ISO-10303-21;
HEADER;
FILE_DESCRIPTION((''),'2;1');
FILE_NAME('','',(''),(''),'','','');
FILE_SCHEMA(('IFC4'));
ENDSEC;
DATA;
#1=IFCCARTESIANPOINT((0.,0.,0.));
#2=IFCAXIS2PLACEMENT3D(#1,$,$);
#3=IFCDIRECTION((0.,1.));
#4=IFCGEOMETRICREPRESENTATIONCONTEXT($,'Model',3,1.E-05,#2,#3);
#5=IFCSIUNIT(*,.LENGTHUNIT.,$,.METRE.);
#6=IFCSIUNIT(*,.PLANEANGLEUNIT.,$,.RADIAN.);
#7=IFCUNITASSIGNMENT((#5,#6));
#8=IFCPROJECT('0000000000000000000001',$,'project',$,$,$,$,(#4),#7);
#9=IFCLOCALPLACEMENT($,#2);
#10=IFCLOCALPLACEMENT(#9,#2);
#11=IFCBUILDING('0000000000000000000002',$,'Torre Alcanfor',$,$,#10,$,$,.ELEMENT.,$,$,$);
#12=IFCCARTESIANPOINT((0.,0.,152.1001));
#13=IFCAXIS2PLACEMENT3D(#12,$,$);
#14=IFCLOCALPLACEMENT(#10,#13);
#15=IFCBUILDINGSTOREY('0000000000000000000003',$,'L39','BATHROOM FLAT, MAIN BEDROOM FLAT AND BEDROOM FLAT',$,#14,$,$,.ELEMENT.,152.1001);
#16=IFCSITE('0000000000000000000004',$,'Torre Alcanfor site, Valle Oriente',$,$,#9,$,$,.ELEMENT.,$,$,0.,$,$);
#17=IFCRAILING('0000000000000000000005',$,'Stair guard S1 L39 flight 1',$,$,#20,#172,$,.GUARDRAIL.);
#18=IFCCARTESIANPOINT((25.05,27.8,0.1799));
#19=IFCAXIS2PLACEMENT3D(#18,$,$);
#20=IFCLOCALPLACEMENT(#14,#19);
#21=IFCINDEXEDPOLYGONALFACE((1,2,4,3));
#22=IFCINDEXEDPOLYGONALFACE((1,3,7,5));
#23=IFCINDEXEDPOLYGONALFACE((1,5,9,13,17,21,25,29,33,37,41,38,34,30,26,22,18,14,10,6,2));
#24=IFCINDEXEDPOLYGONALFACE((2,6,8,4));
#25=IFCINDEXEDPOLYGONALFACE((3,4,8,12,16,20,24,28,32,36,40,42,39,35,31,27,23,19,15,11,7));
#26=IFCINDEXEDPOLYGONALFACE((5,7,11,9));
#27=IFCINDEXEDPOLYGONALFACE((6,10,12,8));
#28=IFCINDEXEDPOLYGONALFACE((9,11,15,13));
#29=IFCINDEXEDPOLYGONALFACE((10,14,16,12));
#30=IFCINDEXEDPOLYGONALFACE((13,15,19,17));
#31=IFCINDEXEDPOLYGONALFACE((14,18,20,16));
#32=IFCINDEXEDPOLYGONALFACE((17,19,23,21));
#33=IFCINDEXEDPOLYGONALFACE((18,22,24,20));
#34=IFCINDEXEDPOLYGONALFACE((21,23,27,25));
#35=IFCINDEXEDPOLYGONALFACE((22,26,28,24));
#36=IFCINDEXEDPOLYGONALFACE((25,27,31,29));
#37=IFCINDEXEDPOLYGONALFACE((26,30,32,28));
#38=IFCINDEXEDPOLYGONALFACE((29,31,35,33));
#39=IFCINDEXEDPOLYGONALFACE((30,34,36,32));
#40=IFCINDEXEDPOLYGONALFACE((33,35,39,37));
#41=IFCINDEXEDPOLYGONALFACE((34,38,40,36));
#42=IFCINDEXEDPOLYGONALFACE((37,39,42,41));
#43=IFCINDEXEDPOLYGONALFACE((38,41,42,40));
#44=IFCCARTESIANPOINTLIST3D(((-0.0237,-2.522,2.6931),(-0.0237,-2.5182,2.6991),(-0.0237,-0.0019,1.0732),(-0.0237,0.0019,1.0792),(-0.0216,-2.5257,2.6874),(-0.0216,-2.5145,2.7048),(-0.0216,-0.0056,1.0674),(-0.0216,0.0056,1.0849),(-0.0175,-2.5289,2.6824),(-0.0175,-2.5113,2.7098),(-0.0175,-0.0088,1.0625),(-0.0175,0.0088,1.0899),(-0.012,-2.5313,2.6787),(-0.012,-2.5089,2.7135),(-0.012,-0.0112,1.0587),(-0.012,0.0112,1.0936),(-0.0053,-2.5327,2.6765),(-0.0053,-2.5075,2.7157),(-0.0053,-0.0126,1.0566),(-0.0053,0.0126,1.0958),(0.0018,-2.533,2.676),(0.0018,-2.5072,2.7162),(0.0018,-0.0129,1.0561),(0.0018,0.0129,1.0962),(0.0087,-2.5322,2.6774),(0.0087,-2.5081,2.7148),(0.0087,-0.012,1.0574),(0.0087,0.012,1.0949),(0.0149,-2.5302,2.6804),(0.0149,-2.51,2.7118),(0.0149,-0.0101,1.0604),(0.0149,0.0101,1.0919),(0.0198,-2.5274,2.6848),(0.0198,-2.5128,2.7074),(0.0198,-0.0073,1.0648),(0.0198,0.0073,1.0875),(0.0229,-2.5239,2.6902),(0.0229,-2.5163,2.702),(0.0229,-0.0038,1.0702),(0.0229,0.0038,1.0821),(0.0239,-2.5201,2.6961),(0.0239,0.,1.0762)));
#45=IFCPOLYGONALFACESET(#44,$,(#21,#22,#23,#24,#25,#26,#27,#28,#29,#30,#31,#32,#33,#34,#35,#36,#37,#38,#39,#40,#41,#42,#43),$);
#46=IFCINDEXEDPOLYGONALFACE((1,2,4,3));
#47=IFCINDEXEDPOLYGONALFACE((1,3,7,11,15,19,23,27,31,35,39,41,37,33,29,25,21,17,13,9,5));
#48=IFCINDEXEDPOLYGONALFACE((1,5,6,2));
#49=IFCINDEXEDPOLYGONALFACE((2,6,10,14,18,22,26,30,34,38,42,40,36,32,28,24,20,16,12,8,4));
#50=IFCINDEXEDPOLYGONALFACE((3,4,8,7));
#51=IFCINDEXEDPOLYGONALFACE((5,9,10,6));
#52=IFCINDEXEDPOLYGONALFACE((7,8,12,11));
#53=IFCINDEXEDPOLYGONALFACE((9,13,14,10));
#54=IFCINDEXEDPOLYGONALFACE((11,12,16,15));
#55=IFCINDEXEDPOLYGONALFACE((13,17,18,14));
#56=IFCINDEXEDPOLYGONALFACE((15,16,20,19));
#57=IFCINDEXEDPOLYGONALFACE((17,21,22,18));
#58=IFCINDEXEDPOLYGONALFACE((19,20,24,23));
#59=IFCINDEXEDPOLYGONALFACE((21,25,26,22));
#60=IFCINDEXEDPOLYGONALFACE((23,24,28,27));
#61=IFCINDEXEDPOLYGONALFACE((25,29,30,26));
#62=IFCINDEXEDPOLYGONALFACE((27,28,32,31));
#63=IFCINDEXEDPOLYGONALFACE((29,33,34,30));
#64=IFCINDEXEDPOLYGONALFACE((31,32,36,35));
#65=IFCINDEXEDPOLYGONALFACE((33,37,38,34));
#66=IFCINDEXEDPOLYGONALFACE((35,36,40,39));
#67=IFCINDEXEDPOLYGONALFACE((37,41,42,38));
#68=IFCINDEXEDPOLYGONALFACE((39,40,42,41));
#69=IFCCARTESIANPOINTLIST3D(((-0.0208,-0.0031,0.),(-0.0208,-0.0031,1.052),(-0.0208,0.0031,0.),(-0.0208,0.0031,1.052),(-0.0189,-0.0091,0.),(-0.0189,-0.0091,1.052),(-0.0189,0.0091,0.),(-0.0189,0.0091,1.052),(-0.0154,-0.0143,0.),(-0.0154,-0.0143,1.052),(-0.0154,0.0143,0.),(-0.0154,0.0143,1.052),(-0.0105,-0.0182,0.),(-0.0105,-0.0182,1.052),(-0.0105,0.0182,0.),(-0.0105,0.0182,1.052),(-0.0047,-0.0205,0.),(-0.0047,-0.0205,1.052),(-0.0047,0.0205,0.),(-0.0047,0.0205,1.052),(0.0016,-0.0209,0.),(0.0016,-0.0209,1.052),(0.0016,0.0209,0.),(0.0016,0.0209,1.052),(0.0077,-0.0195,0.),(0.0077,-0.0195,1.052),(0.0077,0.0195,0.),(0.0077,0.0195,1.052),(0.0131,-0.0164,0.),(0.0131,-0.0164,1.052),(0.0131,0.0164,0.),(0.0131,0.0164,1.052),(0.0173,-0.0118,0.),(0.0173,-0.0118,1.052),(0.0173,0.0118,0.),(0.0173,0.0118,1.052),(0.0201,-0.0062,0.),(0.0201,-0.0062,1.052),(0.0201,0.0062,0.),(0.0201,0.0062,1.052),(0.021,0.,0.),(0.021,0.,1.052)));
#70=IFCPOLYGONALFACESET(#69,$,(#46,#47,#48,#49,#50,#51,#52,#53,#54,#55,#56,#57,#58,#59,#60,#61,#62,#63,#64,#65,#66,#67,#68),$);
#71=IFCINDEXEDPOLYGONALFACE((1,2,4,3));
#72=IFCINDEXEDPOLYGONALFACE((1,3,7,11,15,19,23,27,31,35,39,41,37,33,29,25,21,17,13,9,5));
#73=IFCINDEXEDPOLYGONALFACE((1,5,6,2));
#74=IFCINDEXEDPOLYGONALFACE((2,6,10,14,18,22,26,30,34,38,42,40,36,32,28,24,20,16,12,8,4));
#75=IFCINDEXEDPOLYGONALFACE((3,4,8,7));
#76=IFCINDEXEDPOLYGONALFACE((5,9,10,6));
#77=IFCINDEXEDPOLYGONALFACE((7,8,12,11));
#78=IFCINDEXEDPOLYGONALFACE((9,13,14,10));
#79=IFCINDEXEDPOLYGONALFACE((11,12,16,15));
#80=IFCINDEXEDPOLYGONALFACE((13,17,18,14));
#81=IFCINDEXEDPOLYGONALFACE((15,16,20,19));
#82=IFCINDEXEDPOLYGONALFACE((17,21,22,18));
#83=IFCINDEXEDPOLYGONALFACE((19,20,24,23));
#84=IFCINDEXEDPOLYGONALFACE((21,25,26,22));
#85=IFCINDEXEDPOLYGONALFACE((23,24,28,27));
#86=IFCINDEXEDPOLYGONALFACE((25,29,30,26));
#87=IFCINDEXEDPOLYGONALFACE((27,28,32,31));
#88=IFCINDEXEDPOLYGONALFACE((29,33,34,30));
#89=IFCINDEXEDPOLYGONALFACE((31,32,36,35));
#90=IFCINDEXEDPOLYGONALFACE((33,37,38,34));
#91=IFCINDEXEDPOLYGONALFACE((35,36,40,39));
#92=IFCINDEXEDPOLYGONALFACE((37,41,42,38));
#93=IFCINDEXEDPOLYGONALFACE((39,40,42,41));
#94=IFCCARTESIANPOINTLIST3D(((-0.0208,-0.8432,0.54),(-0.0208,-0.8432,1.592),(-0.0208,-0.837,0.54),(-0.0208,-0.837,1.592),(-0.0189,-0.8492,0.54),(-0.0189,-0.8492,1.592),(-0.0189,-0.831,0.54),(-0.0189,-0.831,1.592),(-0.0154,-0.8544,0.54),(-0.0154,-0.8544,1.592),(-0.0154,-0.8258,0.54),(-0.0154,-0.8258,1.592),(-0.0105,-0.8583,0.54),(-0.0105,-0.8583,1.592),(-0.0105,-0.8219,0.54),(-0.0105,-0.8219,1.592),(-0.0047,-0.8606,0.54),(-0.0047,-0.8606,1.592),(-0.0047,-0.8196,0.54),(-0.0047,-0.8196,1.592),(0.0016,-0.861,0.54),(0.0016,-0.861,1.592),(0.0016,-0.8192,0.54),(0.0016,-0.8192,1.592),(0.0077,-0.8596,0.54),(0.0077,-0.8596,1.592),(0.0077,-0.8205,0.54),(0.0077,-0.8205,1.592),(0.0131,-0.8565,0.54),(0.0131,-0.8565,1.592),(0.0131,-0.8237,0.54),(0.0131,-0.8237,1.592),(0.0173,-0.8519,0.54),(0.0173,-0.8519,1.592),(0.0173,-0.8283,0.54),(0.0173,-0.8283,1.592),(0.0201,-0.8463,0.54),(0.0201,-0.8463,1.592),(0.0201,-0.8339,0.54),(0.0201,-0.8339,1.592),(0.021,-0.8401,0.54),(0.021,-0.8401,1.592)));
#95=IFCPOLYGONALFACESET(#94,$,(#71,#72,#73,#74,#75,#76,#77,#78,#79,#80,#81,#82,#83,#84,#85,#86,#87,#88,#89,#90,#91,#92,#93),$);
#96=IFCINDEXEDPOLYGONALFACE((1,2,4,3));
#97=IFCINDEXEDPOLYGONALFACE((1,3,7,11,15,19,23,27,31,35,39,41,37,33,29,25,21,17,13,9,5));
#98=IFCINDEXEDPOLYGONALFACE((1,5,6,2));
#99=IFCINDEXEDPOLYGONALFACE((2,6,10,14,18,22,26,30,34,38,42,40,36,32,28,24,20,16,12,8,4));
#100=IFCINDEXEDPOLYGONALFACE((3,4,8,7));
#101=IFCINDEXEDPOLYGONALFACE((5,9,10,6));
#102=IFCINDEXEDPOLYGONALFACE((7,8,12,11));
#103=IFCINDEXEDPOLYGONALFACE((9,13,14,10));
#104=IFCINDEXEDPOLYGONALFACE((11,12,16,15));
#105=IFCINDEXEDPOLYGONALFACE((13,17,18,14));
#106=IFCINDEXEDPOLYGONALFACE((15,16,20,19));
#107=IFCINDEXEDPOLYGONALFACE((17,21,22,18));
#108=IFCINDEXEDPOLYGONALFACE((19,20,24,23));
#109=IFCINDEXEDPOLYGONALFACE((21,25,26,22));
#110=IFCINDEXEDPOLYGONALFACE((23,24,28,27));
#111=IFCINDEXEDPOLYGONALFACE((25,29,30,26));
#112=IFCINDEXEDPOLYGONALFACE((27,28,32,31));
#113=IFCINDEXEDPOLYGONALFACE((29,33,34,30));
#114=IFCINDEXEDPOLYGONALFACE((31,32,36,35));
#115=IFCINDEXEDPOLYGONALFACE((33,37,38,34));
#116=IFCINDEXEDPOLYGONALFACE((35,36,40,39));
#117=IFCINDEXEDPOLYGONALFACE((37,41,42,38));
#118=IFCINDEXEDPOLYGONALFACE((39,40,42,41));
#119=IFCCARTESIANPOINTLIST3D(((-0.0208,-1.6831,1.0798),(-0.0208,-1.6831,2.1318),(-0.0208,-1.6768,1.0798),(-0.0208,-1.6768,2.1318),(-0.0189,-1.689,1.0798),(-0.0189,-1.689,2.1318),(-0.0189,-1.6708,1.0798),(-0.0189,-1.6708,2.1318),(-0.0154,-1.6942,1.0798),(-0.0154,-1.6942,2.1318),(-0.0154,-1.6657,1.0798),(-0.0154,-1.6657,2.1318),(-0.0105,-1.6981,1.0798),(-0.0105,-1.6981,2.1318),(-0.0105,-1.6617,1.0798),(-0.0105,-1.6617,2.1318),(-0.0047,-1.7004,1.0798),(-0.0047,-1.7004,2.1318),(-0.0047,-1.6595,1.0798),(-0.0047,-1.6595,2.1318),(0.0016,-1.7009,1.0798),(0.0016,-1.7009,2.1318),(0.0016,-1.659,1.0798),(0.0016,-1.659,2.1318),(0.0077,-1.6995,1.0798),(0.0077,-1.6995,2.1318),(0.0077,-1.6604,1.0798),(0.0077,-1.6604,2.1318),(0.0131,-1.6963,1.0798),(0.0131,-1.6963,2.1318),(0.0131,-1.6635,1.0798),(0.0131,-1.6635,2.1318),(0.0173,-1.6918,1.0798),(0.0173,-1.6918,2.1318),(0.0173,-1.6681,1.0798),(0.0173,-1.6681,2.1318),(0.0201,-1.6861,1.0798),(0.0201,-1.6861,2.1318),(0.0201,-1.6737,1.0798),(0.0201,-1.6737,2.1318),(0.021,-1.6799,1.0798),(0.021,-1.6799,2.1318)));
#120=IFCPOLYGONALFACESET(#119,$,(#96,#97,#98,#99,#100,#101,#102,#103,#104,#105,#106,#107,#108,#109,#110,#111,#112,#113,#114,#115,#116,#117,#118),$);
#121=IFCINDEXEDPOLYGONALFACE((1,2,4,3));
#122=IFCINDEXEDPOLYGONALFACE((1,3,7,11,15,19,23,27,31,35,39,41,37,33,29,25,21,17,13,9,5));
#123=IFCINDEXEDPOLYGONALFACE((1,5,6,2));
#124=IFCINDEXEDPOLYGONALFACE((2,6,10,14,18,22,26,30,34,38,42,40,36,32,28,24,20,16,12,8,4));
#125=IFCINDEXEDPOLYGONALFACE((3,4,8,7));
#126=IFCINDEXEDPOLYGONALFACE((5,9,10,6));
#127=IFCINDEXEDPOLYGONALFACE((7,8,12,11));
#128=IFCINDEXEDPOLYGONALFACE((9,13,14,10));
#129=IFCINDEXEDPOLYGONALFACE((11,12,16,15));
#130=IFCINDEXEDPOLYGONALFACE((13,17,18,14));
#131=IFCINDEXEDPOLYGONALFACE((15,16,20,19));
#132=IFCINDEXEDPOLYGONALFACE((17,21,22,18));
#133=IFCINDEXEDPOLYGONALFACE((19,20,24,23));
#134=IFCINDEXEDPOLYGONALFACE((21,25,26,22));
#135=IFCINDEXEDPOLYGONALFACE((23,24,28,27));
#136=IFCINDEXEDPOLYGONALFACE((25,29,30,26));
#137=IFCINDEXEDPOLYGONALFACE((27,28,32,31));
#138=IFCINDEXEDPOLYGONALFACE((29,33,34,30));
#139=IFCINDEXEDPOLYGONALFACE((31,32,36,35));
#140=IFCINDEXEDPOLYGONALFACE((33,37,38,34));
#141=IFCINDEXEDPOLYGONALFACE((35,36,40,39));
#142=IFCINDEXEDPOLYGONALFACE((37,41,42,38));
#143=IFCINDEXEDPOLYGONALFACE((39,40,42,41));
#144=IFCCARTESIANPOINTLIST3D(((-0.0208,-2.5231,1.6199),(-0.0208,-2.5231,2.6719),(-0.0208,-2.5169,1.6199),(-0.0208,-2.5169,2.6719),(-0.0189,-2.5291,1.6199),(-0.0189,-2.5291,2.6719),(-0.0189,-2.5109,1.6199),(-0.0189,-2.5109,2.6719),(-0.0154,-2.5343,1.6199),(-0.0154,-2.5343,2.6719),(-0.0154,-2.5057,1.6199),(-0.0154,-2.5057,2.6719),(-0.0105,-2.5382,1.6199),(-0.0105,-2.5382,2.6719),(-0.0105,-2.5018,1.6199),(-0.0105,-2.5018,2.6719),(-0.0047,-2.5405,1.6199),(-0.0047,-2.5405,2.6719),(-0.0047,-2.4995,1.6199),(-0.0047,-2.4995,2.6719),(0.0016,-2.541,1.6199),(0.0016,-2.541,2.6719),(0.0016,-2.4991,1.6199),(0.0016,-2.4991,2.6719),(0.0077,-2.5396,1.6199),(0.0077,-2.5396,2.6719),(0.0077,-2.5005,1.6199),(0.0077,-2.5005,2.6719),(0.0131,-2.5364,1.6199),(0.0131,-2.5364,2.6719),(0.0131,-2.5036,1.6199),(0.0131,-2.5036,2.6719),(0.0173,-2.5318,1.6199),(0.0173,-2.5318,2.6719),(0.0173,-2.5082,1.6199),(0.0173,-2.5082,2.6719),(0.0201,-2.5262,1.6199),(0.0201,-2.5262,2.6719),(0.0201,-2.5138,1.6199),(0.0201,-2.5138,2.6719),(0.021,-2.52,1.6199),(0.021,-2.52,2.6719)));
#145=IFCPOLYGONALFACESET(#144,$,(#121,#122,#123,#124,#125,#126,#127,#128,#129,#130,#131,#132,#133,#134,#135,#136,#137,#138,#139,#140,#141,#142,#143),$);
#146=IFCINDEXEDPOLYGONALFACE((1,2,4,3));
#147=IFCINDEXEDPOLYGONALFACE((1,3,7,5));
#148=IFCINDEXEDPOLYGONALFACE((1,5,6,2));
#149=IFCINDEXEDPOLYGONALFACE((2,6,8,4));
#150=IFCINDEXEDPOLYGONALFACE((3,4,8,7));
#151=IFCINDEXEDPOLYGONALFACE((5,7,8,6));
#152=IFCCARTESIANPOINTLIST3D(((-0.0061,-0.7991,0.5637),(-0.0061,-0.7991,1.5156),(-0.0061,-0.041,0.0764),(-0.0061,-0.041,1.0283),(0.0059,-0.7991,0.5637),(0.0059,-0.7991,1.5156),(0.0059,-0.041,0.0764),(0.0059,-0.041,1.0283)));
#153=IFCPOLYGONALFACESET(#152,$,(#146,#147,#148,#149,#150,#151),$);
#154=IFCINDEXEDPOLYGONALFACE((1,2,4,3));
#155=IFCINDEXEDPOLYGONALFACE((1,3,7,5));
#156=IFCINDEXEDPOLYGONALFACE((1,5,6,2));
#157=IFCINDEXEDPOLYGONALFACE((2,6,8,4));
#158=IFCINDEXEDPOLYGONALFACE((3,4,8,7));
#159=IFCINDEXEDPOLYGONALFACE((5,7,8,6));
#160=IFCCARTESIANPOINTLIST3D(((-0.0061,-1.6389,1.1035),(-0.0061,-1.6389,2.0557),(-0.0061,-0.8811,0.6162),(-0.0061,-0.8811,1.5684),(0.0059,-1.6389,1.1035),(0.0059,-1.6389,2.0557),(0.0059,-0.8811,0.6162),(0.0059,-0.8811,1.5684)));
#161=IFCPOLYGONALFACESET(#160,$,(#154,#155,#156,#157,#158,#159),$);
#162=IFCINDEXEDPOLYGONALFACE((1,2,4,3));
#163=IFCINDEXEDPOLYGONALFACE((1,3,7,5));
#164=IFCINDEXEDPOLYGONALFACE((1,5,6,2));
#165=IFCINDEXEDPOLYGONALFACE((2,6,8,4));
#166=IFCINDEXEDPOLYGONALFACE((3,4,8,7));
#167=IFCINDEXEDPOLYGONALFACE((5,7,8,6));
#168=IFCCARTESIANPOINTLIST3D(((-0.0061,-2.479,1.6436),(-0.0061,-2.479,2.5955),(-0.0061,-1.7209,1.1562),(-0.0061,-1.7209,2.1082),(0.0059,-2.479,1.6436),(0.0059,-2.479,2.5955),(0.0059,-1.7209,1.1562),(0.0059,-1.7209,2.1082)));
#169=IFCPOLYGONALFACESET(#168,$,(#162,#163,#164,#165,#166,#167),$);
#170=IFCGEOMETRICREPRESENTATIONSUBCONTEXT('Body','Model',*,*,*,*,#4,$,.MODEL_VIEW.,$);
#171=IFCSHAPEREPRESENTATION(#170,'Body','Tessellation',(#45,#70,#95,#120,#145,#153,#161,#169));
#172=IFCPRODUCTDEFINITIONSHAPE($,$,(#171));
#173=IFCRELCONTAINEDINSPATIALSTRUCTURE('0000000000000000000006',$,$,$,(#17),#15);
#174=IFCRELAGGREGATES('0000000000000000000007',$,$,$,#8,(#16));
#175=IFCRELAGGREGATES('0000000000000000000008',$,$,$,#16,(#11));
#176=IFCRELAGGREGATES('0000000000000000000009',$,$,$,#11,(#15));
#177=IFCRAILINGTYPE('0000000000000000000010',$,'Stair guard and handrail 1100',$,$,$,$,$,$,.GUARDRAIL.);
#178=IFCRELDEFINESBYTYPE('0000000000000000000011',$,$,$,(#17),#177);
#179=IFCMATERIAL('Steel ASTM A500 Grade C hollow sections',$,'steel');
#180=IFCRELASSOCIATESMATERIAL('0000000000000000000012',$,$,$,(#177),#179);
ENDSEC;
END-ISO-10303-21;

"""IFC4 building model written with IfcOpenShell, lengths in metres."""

from ifc_helpers import new_model, si_unit, direction, frame, origin, origin_2d, place, context, subcontext, project, spatial, polyline, circle, outline, extrude, material, type_object, element, save


model = new_model("IFC4")

# Units and contexts
model_context = context("Model", 3, precision=1e-05, world=origin(), true_north=direction((0.0, 1.0)))
body_context = subcontext(model_context, "Body", "Model", "MODEL_VIEW")
ifc_project = project(units=[si_unit("LENGTHUNIT", "METRE"), si_unit("PLANEANGLEUNIT", "RADIAN")], contexts=[model_context])

# Site, building, storey
site_placement = place(None, origin())
site = spatial("IfcSite", under=ifc_project, at=site_placement, Name="Torre Alcanfor site, Valle Oriente", CompositionType="ELEMENT", RefElevation=0.0)
building_placement = place(site_placement, origin())
building = spatial("IfcBuilding", under=site, at=building_placement, Name="Torre Alcanfor", CompositionType="ELEMENT")
storey_placement = place(building_placement, frame((0.0, 0.0, 152.1001)))
storey = spatial("IfcBuildingStorey", under=building, at=storey_placement, Name="L39", Description="BATHROOM FLAT, MAIN BEDROOM FLAT AND BEDROOM FLAT", CompositionType="ELEMENT", Elevation=152.1001)

# Railing
ifc_material_1 = material(Name="Steel ASTM A500 Grade C hollow sections", Category="steel")
railing_type_1 = type_object("IfcRailingType", Name="Stair guard and handrail 1100", PredefinedType="GUARDRAIL", material=ifc_material_1)
railing_1_placement = place(storey_placement, frame((25.05, 27.8, 0.1799)))
element("IfcRailing", 1, at=railing_1_placement, inside=storey, type_object=railing_type_1, Name="Stair guard S1 L39 flight 1", PredefinedType="GUARDRAIL", context=body_context, shape_type="SweptSolid", body=[
    extrude(circle(Radius=0.0239, at=origin_2d()), frame((0.0, 0.0, 1.0762), z_axis=(0.0, -0.8412, 0.540725), x_axis=(1.0, 0.0, 0.0)), (0.0, 0.0, 1.0), 2.9958),
    extrude(circle(Radius=0.021, at=origin_2d()), origin(), (0.0, 0.0, 1.0), 1.052),
    extrude(circle(Radius=0.021, at=origin_2d()), frame((0.0, -0.8401, 0.54)), (0.0, 0.0, 1.0), 1.052),
    extrude(circle(Radius=0.021, at=origin_2d()), frame((0.0, -1.6799, 1.0798)), (0.0, 0.0, 1.0), 1.052),
    extrude(circle(Radius=0.021, at=origin_2d()), frame((0.0, -2.52, 1.6199)), (0.0, 0.0, 1.0), 1.052),
    extrude(outline(polyline([(0.041, 0.0764), (0.7991, 0.5637), (0.7991, 1.5156), (0.041, 1.0283), (0.041, 0.0764)])), frame((0.0059, 0.0, 0.0), z_axis=(-1.0, 0.0, 0.0), x_axis=(0.0, -1.0, 0.0)), (0.0, 0.0, 1.0), 0.012),
    extrude(outline(polyline([(0.8811, 0.6162), (1.6389, 1.1035), (1.6389, 2.0557), (0.8811, 1.5684), (0.8811, 0.6162)])), frame((0.0059, 0.0, 0.0), z_axis=(-1.0, 0.0, 0.0), x_axis=(0.0, -1.0, 0.0)), (0.0, 0.0, 1.0), 0.012),
    extrude(outline(polyline([(1.7209, 1.1562), (2.479, 1.6436), (2.479, 2.5955), (1.7209, 2.1082), (1.7209, 1.1562)])), frame((0.0059, 0.0, 0.0), z_axis=(-1.0, 0.0, 0.0), x_axis=(0.0, -1.0, 0.0)), (0.0, 0.0, 1.0), 0.012),
])

save(model, "model.ifc")
